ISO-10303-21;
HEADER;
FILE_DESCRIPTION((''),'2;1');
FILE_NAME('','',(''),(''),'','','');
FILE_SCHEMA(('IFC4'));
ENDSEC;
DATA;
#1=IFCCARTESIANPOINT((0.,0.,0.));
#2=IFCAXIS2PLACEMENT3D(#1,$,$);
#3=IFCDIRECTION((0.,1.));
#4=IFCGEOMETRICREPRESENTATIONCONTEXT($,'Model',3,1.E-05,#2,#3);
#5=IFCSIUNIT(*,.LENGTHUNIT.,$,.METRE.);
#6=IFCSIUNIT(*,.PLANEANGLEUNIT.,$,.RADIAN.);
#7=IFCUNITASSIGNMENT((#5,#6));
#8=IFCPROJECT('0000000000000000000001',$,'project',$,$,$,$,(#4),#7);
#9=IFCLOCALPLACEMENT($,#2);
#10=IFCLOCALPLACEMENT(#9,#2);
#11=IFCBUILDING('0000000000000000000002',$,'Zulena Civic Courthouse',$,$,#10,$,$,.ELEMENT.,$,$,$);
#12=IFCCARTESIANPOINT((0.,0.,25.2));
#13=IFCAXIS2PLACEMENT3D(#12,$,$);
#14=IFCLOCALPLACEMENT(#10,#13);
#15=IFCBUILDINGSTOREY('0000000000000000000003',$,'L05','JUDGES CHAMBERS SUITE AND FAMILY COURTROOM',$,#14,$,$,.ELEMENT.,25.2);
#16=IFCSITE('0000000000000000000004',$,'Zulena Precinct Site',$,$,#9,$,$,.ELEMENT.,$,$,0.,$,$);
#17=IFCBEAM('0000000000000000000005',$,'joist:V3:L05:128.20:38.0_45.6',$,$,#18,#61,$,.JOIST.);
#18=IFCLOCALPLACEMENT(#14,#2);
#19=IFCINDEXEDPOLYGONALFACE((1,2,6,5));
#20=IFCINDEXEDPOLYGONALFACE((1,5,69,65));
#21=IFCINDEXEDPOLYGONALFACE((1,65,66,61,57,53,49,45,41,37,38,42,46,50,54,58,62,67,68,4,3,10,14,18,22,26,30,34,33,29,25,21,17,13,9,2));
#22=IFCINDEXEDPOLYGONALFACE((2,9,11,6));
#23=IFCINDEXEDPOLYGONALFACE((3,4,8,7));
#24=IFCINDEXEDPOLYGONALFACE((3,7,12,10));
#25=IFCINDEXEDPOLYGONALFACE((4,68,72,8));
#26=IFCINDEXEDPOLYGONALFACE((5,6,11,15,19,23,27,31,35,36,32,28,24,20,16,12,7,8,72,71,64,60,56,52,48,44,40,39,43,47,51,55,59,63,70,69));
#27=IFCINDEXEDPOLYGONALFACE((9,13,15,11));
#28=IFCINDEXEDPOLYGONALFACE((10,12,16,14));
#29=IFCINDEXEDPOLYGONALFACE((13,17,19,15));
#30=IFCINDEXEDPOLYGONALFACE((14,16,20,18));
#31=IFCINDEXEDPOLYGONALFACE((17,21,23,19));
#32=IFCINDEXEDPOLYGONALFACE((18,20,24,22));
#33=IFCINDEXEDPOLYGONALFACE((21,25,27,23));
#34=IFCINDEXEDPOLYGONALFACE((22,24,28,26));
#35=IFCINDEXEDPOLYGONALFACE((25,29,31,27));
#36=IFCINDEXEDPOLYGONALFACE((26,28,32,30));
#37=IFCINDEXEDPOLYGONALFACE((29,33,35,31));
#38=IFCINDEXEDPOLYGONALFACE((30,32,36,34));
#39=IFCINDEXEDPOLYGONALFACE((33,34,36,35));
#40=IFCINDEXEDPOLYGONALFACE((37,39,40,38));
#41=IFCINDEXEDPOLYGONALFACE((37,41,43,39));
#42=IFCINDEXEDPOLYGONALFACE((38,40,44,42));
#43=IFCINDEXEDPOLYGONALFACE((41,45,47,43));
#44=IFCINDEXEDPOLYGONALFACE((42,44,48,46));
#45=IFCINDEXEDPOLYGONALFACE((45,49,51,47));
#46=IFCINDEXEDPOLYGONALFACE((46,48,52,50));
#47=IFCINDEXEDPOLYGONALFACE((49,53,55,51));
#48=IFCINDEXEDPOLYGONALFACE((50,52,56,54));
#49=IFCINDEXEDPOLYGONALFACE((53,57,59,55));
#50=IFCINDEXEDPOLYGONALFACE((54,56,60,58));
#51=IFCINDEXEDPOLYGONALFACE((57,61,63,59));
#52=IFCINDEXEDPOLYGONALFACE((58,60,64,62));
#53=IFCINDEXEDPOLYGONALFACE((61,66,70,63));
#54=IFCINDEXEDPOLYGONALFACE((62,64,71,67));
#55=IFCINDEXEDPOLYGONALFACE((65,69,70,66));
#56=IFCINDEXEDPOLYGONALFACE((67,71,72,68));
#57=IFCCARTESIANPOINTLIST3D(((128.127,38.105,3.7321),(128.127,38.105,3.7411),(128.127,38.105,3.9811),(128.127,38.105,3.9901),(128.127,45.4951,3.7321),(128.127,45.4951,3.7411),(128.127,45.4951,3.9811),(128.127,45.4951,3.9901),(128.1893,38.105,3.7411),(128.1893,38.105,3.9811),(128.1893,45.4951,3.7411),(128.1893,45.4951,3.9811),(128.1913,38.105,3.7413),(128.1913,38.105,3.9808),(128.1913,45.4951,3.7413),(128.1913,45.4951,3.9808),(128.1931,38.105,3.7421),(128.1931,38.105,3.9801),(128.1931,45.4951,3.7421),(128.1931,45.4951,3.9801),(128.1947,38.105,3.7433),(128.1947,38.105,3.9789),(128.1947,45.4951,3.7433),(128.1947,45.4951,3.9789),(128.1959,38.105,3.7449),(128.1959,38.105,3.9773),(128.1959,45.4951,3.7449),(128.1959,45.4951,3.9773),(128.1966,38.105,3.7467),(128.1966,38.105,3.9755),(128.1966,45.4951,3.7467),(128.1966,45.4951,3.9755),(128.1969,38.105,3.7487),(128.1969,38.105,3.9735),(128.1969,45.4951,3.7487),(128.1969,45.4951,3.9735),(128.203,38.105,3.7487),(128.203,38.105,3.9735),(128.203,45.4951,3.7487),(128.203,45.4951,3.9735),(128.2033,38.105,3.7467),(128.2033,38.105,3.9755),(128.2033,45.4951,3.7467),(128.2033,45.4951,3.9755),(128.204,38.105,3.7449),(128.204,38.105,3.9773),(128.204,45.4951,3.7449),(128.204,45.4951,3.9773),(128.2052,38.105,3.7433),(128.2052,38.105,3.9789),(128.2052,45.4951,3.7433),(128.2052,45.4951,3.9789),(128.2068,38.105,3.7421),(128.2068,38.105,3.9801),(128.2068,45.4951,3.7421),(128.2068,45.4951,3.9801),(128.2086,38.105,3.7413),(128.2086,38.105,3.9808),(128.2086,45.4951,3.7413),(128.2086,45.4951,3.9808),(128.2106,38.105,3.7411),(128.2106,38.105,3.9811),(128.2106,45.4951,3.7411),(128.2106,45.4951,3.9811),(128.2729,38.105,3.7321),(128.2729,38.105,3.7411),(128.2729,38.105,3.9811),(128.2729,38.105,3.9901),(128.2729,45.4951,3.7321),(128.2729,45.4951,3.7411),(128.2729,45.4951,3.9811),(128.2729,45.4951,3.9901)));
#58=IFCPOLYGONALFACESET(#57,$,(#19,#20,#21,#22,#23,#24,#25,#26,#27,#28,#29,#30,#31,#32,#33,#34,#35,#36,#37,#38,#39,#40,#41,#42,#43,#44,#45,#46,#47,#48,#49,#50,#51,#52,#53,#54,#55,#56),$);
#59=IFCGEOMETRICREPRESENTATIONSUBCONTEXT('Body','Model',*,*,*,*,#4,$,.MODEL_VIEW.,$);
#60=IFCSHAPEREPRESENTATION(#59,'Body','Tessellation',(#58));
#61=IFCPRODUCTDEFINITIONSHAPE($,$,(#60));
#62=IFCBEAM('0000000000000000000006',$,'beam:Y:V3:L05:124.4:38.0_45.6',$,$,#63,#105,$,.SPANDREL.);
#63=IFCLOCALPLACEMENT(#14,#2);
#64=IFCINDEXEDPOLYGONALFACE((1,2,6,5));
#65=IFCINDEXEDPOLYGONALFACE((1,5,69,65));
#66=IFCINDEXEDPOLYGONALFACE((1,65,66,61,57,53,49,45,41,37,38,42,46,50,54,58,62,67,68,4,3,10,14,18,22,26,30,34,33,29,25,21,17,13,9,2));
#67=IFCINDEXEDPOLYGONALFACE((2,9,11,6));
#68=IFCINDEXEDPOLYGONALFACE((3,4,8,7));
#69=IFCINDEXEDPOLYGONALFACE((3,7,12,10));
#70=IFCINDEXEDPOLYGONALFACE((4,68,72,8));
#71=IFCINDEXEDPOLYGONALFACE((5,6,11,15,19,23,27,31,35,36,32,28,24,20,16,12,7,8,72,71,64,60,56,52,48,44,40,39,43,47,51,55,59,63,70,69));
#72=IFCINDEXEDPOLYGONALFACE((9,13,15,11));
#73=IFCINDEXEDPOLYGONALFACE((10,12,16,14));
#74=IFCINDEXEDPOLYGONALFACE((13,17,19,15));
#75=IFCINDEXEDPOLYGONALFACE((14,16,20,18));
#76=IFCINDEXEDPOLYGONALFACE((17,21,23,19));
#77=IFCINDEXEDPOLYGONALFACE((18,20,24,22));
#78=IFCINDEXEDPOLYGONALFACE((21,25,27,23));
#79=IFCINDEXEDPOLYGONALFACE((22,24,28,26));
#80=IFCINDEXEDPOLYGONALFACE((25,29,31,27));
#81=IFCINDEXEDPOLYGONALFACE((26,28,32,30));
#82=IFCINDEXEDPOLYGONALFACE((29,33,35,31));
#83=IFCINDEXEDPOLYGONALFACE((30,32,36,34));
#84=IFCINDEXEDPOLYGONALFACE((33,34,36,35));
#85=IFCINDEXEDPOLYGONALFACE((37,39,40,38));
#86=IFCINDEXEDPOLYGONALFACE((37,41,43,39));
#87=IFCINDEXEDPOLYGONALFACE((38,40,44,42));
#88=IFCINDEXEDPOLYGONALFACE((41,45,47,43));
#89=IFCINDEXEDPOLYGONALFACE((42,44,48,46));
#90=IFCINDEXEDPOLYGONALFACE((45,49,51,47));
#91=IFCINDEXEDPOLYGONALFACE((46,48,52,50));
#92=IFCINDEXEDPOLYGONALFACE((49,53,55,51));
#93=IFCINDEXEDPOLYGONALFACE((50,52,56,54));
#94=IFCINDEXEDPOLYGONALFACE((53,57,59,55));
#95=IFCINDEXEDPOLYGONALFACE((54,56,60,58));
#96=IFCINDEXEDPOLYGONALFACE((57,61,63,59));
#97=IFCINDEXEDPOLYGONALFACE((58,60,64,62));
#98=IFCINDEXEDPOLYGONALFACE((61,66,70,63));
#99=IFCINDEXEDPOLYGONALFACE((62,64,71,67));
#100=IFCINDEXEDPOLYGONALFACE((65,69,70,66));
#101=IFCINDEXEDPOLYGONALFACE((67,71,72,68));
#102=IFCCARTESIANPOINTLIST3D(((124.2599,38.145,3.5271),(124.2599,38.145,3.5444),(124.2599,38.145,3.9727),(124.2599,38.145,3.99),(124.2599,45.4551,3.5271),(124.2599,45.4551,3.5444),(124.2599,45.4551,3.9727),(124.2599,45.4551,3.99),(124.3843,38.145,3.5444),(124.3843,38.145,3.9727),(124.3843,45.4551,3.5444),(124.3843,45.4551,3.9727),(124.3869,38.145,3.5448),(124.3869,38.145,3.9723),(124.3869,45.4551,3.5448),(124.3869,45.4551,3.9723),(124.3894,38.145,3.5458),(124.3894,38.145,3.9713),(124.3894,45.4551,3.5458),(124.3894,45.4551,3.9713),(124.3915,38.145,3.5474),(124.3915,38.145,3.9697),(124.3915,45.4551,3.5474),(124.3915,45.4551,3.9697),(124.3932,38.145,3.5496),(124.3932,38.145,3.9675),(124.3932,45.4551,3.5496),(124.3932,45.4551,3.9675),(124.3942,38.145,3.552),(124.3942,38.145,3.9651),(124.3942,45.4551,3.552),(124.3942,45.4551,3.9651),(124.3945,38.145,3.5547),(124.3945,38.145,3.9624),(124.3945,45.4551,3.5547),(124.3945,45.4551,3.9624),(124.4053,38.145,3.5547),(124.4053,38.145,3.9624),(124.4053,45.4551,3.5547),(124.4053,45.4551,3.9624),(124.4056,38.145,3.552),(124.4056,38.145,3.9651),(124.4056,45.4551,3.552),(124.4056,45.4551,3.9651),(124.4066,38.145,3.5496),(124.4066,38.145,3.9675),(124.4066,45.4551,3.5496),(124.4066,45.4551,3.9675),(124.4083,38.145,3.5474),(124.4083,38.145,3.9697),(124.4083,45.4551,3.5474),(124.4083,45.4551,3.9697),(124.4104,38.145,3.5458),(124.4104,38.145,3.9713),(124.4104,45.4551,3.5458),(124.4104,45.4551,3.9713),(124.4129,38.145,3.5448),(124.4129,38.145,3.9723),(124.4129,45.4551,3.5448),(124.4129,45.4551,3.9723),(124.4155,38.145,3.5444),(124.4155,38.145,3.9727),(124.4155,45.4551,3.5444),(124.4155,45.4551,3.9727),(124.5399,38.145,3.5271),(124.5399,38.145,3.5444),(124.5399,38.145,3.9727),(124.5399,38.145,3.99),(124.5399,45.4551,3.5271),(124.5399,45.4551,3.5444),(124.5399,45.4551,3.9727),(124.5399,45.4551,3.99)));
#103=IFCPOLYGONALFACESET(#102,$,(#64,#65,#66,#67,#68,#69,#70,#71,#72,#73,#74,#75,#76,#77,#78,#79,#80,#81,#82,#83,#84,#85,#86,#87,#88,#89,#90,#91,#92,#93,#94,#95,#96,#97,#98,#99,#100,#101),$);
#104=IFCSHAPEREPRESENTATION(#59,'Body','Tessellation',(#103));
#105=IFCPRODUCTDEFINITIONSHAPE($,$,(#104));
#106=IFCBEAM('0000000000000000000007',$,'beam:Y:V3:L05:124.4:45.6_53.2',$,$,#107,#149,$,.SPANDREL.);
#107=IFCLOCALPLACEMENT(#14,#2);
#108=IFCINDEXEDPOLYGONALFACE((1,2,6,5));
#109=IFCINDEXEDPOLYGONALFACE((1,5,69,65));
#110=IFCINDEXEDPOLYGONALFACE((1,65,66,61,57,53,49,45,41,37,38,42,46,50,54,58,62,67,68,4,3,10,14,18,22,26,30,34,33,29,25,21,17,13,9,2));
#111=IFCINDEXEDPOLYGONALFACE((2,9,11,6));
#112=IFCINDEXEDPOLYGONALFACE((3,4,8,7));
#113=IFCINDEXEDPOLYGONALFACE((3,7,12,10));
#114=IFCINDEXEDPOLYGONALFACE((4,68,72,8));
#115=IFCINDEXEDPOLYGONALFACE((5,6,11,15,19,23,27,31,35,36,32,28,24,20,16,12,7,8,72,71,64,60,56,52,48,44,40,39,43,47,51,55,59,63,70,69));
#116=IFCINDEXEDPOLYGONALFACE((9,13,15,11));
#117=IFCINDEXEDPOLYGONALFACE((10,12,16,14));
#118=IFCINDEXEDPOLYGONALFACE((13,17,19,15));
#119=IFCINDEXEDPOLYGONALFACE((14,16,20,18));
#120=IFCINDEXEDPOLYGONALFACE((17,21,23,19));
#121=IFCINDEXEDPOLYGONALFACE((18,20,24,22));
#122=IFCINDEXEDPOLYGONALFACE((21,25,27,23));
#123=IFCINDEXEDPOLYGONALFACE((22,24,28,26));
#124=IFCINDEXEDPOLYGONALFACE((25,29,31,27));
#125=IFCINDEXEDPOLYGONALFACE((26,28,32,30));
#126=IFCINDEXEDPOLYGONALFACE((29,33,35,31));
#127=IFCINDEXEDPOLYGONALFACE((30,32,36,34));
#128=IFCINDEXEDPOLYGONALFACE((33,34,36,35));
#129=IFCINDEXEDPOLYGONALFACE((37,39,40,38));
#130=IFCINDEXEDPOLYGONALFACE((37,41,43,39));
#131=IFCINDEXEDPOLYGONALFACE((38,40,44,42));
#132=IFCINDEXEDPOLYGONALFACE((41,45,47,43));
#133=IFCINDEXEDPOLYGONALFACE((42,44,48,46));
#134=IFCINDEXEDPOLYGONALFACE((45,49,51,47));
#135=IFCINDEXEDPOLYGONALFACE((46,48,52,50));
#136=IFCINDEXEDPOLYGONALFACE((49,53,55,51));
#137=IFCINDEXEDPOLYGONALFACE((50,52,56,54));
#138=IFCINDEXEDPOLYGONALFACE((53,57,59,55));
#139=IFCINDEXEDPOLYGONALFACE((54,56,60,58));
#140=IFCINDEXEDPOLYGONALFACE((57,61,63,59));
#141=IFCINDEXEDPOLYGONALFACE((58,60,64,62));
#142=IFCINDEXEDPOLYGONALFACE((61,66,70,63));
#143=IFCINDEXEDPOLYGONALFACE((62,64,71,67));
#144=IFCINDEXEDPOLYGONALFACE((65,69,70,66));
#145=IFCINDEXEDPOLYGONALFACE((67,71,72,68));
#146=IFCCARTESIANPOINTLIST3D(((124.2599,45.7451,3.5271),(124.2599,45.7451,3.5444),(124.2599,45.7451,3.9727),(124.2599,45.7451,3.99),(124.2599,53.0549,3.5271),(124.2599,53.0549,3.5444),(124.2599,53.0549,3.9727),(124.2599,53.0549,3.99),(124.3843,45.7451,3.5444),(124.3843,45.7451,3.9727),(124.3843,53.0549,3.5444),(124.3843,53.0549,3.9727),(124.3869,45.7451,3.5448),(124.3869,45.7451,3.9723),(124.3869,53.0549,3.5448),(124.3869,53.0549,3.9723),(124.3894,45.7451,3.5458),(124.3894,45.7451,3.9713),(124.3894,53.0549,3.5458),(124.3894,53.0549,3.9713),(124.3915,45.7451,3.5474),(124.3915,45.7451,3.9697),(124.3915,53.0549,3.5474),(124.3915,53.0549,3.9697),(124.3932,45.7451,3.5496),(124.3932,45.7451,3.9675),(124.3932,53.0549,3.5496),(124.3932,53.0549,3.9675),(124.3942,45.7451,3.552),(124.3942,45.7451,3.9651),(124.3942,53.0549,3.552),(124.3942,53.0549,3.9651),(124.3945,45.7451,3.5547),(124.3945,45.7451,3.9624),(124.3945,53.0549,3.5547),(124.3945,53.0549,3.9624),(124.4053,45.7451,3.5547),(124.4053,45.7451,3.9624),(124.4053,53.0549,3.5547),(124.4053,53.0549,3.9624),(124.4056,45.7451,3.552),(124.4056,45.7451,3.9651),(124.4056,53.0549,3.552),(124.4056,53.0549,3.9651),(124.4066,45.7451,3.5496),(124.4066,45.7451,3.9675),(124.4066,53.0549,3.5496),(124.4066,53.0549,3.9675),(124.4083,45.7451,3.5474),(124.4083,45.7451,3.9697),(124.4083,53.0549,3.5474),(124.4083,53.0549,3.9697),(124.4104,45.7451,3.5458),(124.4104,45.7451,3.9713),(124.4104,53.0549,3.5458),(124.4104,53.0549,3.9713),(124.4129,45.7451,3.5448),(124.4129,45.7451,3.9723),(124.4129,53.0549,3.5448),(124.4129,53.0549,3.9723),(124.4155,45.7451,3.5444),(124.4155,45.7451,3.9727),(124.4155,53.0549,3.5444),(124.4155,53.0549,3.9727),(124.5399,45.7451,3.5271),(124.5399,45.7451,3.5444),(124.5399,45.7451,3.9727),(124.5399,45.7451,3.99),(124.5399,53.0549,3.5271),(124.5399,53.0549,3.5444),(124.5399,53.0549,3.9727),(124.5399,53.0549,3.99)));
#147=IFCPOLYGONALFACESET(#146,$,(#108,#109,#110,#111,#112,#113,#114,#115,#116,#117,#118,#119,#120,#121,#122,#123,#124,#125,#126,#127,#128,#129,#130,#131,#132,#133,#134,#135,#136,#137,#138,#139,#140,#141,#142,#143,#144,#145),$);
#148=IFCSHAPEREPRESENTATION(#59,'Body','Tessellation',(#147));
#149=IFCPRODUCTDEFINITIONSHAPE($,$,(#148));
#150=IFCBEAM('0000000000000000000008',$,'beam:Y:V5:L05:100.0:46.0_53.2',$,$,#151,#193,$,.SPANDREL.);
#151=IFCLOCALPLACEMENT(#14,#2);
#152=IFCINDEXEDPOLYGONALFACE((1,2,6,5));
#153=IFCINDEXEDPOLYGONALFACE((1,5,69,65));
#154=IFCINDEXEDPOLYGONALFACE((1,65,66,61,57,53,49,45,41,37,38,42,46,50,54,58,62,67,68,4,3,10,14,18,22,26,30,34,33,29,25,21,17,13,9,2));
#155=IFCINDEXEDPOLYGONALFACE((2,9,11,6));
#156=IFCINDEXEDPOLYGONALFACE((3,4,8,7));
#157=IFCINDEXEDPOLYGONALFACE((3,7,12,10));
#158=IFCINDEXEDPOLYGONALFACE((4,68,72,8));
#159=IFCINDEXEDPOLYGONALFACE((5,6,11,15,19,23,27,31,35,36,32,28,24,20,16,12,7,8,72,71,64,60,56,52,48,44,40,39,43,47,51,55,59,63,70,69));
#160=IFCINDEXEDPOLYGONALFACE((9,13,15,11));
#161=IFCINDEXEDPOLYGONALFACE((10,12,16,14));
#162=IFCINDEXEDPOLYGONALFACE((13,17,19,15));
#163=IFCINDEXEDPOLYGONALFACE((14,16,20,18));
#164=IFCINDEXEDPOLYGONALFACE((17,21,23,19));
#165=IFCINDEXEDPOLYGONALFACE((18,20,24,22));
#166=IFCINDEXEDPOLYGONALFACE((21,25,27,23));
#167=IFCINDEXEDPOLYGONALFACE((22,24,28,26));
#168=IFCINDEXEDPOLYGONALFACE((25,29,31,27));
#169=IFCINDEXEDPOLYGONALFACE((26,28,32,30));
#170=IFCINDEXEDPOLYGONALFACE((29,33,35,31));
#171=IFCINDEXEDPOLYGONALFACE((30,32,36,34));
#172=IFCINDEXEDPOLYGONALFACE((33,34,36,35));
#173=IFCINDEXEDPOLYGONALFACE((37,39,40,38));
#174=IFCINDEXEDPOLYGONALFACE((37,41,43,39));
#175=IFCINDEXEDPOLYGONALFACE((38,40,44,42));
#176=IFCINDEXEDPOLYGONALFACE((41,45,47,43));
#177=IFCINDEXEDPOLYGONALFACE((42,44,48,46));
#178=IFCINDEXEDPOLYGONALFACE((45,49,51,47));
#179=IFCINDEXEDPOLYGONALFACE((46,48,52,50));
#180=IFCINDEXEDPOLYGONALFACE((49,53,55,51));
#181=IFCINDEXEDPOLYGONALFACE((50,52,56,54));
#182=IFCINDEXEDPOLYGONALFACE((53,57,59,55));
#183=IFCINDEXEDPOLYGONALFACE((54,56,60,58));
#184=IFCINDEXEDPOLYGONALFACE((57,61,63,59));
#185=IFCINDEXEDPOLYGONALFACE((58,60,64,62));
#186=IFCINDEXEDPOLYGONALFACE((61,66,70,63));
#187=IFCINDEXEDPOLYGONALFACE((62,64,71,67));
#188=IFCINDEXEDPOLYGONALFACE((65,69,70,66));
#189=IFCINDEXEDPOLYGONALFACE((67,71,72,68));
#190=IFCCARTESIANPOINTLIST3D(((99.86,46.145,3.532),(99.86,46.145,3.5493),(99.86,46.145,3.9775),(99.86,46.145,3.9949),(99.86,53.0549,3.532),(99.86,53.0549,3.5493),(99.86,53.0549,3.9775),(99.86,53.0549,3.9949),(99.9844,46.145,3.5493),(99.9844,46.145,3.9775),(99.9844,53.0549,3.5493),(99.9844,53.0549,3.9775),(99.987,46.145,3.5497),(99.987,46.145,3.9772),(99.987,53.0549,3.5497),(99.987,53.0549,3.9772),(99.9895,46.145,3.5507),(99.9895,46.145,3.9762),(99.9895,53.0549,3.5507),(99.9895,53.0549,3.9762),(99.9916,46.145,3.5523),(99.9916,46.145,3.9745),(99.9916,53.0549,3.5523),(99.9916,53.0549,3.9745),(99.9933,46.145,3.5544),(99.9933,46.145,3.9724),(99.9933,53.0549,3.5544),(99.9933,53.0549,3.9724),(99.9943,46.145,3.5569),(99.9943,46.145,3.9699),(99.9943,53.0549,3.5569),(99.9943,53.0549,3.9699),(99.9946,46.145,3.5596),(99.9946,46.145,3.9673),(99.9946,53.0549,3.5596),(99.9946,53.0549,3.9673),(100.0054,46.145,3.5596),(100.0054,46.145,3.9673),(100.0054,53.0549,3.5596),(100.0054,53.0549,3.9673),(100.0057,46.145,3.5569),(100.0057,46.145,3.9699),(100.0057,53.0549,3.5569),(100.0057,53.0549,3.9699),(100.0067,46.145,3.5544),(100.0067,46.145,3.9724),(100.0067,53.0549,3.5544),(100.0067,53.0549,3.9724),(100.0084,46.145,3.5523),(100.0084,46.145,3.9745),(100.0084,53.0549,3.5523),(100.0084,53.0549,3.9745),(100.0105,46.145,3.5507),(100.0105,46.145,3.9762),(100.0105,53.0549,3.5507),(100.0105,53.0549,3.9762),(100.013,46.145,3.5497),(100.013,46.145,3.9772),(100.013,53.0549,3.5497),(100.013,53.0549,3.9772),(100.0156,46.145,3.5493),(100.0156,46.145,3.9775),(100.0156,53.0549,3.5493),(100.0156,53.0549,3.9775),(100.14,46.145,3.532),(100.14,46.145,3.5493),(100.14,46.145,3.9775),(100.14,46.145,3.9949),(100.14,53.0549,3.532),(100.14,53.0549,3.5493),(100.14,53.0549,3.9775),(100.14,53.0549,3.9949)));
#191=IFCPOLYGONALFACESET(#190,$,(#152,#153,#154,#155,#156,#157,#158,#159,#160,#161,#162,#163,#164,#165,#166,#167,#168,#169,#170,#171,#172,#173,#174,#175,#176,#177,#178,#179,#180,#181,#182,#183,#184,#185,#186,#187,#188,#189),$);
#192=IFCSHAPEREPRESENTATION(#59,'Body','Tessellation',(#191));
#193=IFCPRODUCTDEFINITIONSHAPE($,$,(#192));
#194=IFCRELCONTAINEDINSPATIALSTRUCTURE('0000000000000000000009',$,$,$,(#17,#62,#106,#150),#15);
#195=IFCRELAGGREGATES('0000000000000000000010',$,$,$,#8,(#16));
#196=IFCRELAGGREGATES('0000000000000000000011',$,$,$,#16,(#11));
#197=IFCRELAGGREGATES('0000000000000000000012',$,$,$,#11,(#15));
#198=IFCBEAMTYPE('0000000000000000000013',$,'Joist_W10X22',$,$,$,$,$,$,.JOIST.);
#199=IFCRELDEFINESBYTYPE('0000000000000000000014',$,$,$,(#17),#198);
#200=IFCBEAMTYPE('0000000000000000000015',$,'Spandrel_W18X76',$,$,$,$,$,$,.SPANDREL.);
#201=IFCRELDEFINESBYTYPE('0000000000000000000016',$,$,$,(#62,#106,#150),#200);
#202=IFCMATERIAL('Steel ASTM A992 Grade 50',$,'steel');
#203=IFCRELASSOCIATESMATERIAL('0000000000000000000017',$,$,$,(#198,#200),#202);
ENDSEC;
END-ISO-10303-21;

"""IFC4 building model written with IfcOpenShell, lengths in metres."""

from ifc_helpers import new_model, si_unit, direction, frame, origin, origin_2d, place, context, subcontext, project, spatial, i_section, extrude, material, material_profile, profile_set, type_object, element, save


model = new_model("IFC4")

# Units and contexts
model_context = context("Model", 3, precision=1e-05, world=origin(), true_north=direction((0.0, 1.0)))
body_context = subcontext(model_context, "Body", "Model", "MODEL_VIEW")
ifc_project = project(units=[si_unit("LENGTHUNIT", "METRE"), si_unit("PLANEANGLEUNIT", "RADIAN")], contexts=[model_context])

# Site, building, storey
site_placement = place(None, origin())
site = spatial("IfcSite", under=ifc_project, at=site_placement, Name="Zulena Precinct Site", CompositionType="ELEMENT", RefElevation=0.0)
building_placement = place(site_placement, origin())
building = spatial("IfcBuilding", under=site, at=building_placement, Name="Zulena Civic Courthouse", CompositionType="ELEMENT")
storey_placement = place(building_placement, frame((0.0, 0.0, 25.2)))
storey = spatial("IfcBuildingStorey", under=building, at=storey_placement, Name="L05", Description="JUDGES CHAMBERS SUITE AND FAMILY COURTROOM", CompositionType="ELEMENT", Elevation=25.2)

# Shared definitions
ifc_material_1 = material(Name="Steel ASTM A992 Grade 50", Category="steel")

# Beams
ifc_material_profile_1 = material_profile(ifc_material_1, i_section(OverallWidth=0.146, OverallDepth=0.2581, WebThickness=0.0061, FlangeThickness=0.009, FilletRadius=0.0076, at=origin_2d()), Name="W10X22")
ifc_profile_set_1 = profile_set([ifc_material_profile_1], Name="Steel ASTM A992 Grade 50")
beam_type_1 = type_object("IfcBeamType", Name="Joist_W10X22", PredefinedType="JOIST", material=ifc_profile_set_1)
beam_1_placement = place(storey_placement, frame((128.2, 38.105, 3.8611), z_axis=(0.0, 1.0, 0.0), x_axis=(-1.0, 0.0, 0.0)))
element("IfcBeam", 1, at=beam_1_placement, inside=storey, type_object=beam_type_1, Name="joist:V3:L05:128.20:38.0_45.6", PredefinedType="JOIST", context=body_context, shape_type="SweptSolid", body=[
    extrude(i_section(OverallWidth=0.146, OverallDepth=0.2581, WebThickness=0.0061, FlangeThickness=0.009, FilletRadius=0.0076, at=origin_2d()), origin(), (0.0, 0.0, 1.0), 7.3901),
])
ifc_material_profile_2 = material_profile(ifc_material_1, i_section(OverallWidth=0.28, OverallDepth=0.4629, WebThickness=0.0107, FlangeThickness=0.0173, FilletRadius=0.0103, at=origin_2d()), Name="W18X76")
ifc_profile_set_2 = profile_set([ifc_material_profile_2], Name="Steel ASTM A992 Grade 50")
beam_type_2 = type_object("IfcBeamType", Name="Spandrel_W18X76", PredefinedType="SPANDREL", material=ifc_profile_set_2)
beam_2_placement = place(storey_placement, frame((124.3999, 38.145, 3.7585), z_axis=(0.0, 1.0, 0.0), x_axis=(-1.0, 0.0, 0.0)))
element("IfcBeam", 2, at=beam_2_placement, inside=storey, type_object=beam_type_2, Name="beam:Y:V3:L05:124.4:38.0_45.6", PredefinedType="SPANDREL", context=body_context, shape_type="SweptSolid", body=[
    extrude(i_section(OverallWidth=0.28, OverallDepth=0.4629, WebThickness=0.0107, FlangeThickness=0.0173, FilletRadius=0.0103, at=origin_2d()), origin(), (0.0, 0.0, 1.0), 7.3101),
])
beam_3_placement = place(storey_placement, frame((124.3999, 45.7451, 3.7585), z_axis=(0.0, 1.0, 0.0), x_axis=(-1.0, 0.0, 0.0)))
element("IfcBeam", 3, at=beam_3_placement, inside=storey, type_object=beam_type_2, Name="beam:Y:V3:L05:124.4:45.6_53.2", PredefinedType="SPANDREL", context=body_context, shape_type="SweptSolid", body=[
    extrude(i_section(OverallWidth=0.28, OverallDepth=0.4629, WebThickness=0.0107, FlangeThickness=0.0173, FilletRadius=0.0103, at=origin_2d()), origin(), (0.0, 0.0, 1.0), 7.3098),
])
beam_4_placement = place(storey_placement, frame((100.0, 46.145, 3.7634), z_axis=(0.0, 1.0, 0.0), x_axis=(-1.0, 0.0, 0.0)))
element("IfcBeam", 4, at=beam_4_placement, inside=storey, type_object=beam_type_2, Name="beam:Y:V5:L05:100.0:46.0_53.2", PredefinedType="SPANDREL", context=body_context, shape_type="SweptSolid", body=[
    extrude(i_section(OverallWidth=0.28, OverallDepth=0.4629, WebThickness=0.0107, FlangeThickness=0.0173, FilletRadius=0.0103, at=origin_2d()), origin(), (0.0, 0.0, 1.0), 6.9099),
])

save(model, "model.ifc")
